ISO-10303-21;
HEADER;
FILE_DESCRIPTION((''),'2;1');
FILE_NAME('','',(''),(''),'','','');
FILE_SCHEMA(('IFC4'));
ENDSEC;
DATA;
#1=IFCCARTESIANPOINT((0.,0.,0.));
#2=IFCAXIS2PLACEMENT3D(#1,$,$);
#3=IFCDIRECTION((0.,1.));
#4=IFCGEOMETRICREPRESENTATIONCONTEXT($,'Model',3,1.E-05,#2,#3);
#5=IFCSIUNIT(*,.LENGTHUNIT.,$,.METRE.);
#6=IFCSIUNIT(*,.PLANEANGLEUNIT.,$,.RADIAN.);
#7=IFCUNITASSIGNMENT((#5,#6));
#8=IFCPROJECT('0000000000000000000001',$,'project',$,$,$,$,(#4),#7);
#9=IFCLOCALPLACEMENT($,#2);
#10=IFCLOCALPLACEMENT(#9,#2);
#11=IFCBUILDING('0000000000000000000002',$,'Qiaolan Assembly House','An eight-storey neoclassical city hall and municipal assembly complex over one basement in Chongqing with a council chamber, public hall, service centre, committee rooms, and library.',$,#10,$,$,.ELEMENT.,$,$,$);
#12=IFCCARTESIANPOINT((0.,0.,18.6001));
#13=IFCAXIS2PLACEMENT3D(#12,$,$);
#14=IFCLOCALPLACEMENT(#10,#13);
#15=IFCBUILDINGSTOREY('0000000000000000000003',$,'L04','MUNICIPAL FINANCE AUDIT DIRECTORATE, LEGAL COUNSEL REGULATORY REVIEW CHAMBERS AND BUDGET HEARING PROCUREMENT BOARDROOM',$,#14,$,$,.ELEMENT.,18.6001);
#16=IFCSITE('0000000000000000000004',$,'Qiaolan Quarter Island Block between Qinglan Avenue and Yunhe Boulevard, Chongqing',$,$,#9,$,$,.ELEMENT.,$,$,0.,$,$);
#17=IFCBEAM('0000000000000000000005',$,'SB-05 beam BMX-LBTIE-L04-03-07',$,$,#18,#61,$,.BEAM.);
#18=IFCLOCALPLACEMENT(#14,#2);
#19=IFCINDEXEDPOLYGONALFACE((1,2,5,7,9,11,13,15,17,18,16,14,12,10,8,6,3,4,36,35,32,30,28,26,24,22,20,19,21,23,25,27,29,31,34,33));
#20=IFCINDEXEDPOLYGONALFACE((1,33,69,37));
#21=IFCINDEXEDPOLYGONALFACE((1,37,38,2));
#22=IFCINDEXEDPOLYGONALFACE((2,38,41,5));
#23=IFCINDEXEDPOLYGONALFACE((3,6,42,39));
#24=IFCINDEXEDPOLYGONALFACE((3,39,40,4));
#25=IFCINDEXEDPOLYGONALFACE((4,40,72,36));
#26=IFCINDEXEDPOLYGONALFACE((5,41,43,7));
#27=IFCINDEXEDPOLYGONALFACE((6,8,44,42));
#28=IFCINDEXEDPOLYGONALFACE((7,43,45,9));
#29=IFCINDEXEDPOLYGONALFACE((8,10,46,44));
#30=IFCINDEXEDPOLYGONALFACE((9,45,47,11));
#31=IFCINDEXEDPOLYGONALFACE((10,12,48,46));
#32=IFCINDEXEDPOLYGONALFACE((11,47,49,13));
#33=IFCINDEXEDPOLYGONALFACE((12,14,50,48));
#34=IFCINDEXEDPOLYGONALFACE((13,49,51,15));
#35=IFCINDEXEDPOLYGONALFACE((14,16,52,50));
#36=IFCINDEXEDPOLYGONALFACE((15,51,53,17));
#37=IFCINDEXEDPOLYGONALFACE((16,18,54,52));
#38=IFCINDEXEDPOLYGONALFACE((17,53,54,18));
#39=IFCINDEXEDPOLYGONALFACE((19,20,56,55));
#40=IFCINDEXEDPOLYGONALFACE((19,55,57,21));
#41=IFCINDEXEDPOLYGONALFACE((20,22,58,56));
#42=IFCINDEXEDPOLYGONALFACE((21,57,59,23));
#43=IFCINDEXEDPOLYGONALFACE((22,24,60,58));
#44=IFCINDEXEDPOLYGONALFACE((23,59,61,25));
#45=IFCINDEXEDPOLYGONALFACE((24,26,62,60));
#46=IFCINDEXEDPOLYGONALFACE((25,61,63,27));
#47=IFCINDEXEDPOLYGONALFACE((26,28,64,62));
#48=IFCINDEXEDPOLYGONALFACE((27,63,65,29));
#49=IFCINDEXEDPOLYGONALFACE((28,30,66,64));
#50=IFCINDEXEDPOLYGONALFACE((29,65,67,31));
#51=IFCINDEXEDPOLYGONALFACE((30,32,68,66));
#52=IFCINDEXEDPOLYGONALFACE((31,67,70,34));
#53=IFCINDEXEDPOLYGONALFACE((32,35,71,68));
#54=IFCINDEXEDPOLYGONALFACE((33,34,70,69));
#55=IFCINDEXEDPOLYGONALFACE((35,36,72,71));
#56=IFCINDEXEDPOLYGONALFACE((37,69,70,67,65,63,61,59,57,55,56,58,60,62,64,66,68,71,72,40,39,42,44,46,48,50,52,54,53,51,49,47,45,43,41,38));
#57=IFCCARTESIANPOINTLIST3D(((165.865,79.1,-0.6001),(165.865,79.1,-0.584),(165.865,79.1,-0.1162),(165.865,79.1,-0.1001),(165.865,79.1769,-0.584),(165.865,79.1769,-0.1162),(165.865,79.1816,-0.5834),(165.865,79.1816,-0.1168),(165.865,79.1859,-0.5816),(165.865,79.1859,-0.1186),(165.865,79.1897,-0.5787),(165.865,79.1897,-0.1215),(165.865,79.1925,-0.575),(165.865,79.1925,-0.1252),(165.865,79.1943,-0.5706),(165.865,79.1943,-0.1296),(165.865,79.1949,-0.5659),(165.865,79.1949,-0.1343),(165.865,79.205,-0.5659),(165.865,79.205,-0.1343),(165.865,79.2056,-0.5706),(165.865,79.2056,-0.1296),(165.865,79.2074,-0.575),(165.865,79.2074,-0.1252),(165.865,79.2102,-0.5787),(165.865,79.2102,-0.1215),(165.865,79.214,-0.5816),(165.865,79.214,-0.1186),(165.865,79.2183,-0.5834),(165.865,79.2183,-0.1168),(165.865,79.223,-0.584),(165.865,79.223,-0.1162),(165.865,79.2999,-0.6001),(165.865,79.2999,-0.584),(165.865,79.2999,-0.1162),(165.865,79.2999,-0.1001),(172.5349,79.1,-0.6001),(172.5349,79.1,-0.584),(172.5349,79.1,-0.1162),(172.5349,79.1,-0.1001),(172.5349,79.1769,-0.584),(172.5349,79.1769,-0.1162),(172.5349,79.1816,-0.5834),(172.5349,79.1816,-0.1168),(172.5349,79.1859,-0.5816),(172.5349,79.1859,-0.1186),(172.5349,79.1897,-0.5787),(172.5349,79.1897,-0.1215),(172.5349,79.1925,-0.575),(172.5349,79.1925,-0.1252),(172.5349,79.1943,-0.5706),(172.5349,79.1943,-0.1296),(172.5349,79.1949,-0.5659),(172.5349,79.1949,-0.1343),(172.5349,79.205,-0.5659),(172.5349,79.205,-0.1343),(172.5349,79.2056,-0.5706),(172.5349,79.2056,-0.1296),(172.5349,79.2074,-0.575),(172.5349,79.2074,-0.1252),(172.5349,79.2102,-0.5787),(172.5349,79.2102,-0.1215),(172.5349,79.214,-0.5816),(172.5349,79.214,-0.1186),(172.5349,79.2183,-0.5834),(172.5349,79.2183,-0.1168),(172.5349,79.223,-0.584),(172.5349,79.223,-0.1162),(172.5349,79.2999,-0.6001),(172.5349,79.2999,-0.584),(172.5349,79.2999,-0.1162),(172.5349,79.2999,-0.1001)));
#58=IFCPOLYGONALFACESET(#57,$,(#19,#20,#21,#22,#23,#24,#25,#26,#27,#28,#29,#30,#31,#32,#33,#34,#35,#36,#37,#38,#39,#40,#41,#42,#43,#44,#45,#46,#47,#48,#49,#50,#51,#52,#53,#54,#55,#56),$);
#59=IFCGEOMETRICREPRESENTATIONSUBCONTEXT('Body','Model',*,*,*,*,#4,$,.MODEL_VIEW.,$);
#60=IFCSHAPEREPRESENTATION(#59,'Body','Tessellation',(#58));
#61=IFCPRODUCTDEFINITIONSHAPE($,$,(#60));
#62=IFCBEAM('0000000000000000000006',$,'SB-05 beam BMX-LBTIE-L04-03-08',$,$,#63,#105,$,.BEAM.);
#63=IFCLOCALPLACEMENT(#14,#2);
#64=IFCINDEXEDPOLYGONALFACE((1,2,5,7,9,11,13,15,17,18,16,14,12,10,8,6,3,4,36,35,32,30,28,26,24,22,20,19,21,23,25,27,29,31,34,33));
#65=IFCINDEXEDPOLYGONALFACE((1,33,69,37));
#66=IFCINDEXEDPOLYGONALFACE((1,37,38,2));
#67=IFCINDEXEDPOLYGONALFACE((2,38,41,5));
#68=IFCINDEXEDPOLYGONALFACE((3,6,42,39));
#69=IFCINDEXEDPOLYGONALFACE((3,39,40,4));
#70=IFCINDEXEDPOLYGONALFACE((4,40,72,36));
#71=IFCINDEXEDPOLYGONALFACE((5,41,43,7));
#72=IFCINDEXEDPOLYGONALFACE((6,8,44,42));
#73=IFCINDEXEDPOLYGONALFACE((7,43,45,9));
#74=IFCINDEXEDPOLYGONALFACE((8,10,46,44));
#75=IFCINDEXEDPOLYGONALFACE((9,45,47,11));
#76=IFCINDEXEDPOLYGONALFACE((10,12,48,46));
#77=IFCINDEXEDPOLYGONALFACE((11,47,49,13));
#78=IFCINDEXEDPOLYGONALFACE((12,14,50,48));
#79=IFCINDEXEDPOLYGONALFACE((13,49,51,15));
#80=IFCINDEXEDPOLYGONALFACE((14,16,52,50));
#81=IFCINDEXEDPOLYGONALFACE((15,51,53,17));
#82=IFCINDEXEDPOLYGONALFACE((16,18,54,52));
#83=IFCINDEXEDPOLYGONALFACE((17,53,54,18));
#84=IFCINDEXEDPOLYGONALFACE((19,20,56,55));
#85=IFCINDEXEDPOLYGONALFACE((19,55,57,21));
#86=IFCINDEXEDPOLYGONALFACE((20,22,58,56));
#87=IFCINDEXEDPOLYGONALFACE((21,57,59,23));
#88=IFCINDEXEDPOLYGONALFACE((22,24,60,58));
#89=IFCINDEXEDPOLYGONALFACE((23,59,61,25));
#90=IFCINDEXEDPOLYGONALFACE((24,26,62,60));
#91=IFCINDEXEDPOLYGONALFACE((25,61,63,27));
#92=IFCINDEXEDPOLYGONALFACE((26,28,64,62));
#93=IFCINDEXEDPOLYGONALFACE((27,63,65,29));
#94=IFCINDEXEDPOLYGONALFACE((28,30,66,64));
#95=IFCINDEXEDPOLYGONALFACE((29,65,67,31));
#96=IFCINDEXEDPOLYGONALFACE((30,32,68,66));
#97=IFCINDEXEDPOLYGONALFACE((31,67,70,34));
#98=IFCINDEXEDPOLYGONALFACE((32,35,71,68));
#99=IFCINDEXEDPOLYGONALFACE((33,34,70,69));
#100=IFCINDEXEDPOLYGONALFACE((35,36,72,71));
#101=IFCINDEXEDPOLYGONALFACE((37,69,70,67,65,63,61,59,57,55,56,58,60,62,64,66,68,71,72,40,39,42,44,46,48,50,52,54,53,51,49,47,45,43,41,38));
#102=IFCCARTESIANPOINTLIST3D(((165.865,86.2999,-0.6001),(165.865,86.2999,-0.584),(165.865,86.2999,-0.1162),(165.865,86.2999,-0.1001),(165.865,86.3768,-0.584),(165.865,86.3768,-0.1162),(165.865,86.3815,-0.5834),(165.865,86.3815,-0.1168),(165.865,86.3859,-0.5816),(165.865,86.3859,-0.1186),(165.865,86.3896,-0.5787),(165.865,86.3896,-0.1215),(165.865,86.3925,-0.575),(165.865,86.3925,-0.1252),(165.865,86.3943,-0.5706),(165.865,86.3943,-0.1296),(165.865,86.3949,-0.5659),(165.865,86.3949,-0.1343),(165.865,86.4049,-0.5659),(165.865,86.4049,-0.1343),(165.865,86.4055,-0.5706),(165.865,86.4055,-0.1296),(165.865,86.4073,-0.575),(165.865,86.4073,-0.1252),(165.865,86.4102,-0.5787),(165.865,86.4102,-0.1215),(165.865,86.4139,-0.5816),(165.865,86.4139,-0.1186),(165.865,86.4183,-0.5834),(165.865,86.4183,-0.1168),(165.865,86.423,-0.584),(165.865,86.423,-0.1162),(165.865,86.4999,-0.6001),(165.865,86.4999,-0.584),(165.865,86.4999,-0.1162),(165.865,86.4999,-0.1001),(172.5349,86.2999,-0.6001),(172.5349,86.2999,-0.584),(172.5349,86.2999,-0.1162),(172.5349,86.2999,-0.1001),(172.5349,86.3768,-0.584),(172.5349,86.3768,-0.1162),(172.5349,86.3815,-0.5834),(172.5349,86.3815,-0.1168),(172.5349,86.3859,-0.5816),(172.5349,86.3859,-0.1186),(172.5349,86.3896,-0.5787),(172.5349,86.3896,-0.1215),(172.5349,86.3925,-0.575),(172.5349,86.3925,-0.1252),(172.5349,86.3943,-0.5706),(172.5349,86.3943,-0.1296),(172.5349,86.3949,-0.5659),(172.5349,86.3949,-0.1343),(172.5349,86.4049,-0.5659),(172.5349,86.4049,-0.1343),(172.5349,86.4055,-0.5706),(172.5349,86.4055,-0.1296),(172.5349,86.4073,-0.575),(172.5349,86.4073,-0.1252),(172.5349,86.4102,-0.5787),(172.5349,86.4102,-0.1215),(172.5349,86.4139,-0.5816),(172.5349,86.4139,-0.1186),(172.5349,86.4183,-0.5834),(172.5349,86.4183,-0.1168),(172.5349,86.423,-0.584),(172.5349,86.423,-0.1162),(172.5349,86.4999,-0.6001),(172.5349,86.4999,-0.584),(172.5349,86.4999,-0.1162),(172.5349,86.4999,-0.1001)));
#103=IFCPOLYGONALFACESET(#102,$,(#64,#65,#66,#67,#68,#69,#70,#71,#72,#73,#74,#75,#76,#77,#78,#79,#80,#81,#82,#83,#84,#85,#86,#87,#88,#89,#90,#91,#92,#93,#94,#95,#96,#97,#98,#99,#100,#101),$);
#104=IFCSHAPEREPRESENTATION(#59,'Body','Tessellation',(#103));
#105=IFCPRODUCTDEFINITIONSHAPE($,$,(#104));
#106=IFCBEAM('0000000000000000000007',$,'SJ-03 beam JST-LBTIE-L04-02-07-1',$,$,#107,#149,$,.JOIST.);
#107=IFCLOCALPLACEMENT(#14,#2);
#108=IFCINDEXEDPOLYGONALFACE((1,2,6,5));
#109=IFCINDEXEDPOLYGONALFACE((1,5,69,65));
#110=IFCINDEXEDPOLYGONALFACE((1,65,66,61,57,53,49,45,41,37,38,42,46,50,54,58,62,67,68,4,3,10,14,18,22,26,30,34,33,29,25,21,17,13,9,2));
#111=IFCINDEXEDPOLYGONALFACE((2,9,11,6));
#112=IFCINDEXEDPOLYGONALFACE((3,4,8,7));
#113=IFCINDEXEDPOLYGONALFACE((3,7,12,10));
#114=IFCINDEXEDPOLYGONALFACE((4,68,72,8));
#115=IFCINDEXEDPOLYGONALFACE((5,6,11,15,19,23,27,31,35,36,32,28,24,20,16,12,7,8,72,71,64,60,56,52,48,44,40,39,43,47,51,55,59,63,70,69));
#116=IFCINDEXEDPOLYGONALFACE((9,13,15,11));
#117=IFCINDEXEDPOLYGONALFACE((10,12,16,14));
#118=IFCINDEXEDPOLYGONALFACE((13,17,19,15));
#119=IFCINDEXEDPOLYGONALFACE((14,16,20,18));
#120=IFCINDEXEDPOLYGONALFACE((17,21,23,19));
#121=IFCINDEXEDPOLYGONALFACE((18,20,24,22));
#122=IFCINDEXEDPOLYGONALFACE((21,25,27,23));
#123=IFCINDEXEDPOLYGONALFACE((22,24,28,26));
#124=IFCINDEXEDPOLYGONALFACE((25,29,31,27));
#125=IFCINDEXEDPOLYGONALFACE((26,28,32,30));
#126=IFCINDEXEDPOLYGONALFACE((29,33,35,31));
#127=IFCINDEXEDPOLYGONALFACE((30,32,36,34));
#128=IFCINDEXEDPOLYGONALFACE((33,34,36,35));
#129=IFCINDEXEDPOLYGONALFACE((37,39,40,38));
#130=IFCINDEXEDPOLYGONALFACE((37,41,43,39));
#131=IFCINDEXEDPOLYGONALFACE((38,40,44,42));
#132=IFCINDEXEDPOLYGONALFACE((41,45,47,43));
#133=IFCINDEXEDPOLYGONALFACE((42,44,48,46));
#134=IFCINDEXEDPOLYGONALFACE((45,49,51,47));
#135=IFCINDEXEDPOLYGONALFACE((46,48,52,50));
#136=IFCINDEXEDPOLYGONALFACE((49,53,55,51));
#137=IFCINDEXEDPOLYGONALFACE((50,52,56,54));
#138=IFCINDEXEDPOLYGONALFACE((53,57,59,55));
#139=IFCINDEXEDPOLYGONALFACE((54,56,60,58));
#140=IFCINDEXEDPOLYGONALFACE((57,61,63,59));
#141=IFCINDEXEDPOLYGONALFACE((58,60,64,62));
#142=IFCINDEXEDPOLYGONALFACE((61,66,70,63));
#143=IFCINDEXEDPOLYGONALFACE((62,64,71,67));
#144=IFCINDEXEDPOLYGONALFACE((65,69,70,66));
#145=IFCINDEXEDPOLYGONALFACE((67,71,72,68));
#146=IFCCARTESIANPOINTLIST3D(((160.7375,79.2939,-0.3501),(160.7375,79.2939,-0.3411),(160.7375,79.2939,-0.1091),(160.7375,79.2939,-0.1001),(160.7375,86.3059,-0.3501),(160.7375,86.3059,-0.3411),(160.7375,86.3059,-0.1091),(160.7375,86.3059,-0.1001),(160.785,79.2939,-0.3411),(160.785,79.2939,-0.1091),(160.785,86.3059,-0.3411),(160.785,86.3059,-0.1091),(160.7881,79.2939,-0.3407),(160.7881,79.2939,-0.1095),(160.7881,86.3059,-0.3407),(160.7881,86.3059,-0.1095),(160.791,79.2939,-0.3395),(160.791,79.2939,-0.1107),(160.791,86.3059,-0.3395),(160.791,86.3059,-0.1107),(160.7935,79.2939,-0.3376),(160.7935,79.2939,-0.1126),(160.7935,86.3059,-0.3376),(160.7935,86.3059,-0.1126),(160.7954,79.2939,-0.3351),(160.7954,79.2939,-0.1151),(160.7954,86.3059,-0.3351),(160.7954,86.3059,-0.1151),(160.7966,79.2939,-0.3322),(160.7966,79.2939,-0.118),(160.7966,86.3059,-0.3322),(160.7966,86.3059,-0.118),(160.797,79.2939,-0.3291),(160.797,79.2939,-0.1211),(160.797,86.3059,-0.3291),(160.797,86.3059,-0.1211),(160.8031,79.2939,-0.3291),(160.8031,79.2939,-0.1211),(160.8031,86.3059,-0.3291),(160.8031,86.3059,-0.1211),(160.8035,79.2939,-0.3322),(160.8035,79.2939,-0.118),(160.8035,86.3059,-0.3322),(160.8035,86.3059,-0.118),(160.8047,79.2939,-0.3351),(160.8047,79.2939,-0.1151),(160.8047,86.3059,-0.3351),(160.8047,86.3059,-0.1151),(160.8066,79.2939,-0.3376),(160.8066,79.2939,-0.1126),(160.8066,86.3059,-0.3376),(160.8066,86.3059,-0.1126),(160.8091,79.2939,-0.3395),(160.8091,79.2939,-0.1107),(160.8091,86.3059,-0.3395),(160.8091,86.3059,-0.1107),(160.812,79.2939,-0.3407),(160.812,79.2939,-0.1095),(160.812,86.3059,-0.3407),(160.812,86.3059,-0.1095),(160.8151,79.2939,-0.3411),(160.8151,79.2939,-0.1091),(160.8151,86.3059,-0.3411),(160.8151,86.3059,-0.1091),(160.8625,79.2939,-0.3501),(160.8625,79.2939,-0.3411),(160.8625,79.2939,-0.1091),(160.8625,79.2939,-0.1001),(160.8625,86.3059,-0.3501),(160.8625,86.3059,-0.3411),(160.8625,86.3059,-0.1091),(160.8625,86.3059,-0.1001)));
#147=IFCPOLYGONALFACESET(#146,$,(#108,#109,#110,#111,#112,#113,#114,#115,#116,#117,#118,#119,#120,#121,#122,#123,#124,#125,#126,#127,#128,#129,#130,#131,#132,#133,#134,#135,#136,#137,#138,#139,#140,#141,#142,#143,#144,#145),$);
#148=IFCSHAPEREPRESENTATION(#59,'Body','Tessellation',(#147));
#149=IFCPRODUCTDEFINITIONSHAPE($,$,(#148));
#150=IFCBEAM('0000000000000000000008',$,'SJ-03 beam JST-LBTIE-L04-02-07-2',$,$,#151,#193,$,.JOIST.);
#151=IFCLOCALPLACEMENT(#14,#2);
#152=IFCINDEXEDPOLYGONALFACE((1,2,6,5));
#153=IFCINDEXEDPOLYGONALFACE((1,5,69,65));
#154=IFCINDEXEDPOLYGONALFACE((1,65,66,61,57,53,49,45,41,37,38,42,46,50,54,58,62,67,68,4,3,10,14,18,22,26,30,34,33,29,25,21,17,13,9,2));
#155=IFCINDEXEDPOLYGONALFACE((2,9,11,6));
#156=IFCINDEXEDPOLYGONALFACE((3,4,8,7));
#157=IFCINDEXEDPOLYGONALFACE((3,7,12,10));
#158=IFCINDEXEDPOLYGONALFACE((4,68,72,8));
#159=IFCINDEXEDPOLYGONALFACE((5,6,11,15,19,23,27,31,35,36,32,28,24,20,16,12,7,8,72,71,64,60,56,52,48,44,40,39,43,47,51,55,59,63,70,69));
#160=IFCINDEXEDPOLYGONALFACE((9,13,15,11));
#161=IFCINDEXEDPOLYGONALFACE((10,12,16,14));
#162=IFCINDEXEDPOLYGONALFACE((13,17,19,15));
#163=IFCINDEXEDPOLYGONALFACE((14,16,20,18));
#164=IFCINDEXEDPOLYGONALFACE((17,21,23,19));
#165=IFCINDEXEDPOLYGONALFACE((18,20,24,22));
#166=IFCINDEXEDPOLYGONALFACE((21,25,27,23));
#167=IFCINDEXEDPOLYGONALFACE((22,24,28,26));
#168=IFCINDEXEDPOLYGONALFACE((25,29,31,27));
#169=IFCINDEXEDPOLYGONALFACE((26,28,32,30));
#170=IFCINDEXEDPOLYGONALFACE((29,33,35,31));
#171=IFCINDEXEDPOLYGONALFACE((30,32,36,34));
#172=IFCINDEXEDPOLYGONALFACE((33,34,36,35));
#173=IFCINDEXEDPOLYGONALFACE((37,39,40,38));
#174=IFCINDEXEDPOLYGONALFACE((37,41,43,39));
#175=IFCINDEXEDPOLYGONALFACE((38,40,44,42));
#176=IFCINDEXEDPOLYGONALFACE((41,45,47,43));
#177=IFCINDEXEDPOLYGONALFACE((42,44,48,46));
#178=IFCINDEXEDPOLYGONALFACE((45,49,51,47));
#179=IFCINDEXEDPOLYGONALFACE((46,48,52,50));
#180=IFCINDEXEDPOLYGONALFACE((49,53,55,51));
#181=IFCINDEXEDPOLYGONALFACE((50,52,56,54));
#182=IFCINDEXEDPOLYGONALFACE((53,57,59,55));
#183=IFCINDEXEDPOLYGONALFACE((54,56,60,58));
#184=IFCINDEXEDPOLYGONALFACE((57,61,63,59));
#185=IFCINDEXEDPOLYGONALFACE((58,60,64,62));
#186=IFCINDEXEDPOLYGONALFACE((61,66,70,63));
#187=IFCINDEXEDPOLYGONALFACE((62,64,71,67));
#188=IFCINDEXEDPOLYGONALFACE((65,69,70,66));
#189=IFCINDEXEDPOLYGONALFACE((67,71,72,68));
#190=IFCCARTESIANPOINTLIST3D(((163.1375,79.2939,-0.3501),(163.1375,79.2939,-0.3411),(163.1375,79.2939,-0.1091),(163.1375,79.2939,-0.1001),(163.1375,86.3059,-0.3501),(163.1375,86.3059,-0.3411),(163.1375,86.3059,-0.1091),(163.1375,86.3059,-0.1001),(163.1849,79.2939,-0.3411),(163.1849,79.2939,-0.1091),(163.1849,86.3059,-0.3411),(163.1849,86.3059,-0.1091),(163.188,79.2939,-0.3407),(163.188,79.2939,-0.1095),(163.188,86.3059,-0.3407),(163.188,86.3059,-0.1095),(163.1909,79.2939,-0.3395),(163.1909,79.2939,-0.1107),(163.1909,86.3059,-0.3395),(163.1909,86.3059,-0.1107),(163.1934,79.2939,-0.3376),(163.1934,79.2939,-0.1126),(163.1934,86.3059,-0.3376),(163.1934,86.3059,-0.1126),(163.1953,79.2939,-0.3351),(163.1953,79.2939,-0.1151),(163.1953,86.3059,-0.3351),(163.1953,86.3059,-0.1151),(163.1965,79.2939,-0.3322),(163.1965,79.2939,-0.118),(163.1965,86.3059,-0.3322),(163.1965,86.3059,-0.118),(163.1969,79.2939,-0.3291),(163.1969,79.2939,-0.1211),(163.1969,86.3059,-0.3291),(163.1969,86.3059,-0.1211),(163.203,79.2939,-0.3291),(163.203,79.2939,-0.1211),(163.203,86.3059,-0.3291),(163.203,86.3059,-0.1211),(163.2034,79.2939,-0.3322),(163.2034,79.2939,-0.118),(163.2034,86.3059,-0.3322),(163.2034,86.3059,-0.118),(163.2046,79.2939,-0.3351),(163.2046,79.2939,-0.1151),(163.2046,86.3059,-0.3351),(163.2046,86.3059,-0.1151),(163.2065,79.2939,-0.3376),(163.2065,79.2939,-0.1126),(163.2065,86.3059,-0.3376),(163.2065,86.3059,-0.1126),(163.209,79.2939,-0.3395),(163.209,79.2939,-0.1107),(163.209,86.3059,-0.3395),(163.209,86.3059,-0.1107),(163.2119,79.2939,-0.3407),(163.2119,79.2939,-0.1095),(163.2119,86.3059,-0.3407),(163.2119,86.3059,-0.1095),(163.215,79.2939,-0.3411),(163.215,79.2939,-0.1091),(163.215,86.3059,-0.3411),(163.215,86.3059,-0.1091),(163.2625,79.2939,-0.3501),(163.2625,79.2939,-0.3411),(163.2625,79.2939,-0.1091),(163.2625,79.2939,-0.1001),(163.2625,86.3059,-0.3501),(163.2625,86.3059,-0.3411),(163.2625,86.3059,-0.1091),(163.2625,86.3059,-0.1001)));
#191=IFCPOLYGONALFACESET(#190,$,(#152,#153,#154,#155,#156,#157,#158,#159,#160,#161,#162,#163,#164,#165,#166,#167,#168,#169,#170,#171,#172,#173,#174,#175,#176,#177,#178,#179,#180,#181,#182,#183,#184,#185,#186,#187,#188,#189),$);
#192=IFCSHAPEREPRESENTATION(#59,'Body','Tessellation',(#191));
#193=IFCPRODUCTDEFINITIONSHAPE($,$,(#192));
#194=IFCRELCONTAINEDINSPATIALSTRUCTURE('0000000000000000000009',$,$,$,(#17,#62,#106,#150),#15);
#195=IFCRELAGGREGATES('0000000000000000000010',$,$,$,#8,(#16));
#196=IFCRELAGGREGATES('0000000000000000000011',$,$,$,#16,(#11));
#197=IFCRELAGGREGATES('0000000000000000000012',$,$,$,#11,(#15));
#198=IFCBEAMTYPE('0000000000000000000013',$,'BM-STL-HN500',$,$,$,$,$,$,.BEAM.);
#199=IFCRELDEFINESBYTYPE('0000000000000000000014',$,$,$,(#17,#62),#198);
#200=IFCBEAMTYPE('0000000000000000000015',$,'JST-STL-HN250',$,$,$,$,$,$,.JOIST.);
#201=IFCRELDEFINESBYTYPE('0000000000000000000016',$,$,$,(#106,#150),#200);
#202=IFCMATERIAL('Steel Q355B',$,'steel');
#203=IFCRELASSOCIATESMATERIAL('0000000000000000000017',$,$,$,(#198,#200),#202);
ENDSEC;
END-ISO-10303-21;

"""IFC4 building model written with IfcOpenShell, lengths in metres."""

from ifc_helpers import new_model, si_unit, direction, frame, origin, origin_2d, place, context, subcontext, project, spatial, i_section, extrude, material, material_profile, profile_set, type_object, element, save


model = new_model("IFC4")

# Units and contexts
model_context = context("Model", 3, precision=1e-05, world=origin(), true_north=direction((0.0, 1.0)))
body_context = subcontext(model_context, "Body", "Model", "MODEL_VIEW")
ifc_project = project(units=[si_unit("LENGTHUNIT", "METRE"), si_unit("PLANEANGLEUNIT", "RADIAN")], contexts=[model_context])

# Site, building, storey
site_placement = place(None, origin())
site = spatial("IfcSite", under=ifc_project, at=site_placement, Name="Qiaolan Quarter Island Block between Qinglan Avenue and Yunhe Boulevard, Chongqing", CompositionType="ELEMENT", RefElevation=0.0)
building_placement = place(site_placement, origin())
building = spatial("IfcBuilding", under=site, at=building_placement, Name="Qiaolan Assembly House", Description="An eight-storey neoclassical city hall and municipal assembly complex over one basement in Chongqing with a council chamber, public hall, service centre, committee rooms, and library.", CompositionType="ELEMENT")
storey_placement = place(building_placement, frame((0.0, 0.0, 18.6001)))
storey = spatial("IfcBuildingStorey", under=building, at=storey_placement, Name="L04", Description="MUNICIPAL FINANCE AUDIT DIRECTORATE, LEGAL COUNSEL REGULATORY REVIEW CHAMBERS AND BUDGET HEARING PROCUREMENT BOARDROOM", CompositionType="ELEMENT", Elevation=18.6001)

# Beams
ifc_material_1 = material(Name="Steel Q355B", Category="steel")
ifc_material_profile_1 = material_profile(ifc_material_1, i_section(OverallWidth=0.2, OverallDepth=0.5, WebThickness=0.01, FlangeThickness=0.0161, FilletRadius=0.0181, at=origin_2d()), Name="HN 500x200x10x16")
ifc_profile_set_1 = profile_set([ifc_material_profile_1], Name="Steel Q355B")
beam_type_1 = type_object("IfcBeamType", Name="BM-STL-HN500", PredefinedType="BEAM", material=ifc_profile_set_1)
for number, where, z_axis, x_axis, name in (
    (1, (165.865, 79.2, -0.3501), (1.0, 0.0, 0.0), (0.0, 1.0, 0.0), "SB-05 beam BMX-LBTIE-L04-03-07"),
    (2, (165.865, 86.3999, -0.3501), (1.0, 0.0, 0.0), (0.0, 1.0, 0.0), "SB-05 beam BMX-LBTIE-L04-03-08"),
):
    element("IfcBeam", number, at=place(storey_placement, frame(where, z_axis=z_axis, x_axis=x_axis)), inside=storey, type_object=beam_type_1, Name=name, PredefinedType="BEAM", context=body_context, shape_type="SweptSolid", body=[
        extrude(i_section(OverallWidth=0.2, OverallDepth=0.5, WebThickness=0.01, FlangeThickness=0.0161, FilletRadius=0.0181, at=origin_2d()), origin(), (0.0, 0.0, 1.0), 6.6699),
    ])
ifc_material_profile_2 = material_profile(ifc_material_1, i_section(OverallWidth=0.125, OverallDepth=0.25, WebThickness=0.0061, FlangeThickness=0.009, FilletRadius=0.012, at=origin_2d()), Name="HN 250x125x6x9")
ifc_profile_set_2 = profile_set([ifc_material_profile_2], Name="Steel Q355B")
beam_type_2 = type_object("IfcBeamType", Name="JST-STL-HN250", PredefinedType="JOIST", material=ifc_profile_set_2)
for number, where, z_axis, x_axis, name in (
    (3, (160.8, 79.2939, -0.2251), (0.0, 1.0, 0.0), (-1.0, 0.0, 0.0), "SJ-03 beam JST-LBTIE-L04-02-07-1"),
    (4, (163.2, 79.2939, -0.2251), (0.0, 1.0, 0.0), (-1.0, 0.0, 0.0), "SJ-03 beam JST-LBTIE-L04-02-07-2"),
):
    element("IfcBeam", number, at=place(storey_placement, frame(where, z_axis=z_axis, x_axis=x_axis)), inside=storey, type_object=beam_type_2, Name=name, PredefinedType="JOIST", context=body_context, shape_type="SweptSolid", body=[
        extrude(i_section(OverallWidth=0.125, OverallDepth=0.25, WebThickness=0.0061, FlangeThickness=0.009, FilletRadius=0.012, at=origin_2d()), origin(), (0.0, 0.0, 1.0), 7.012),
    ])

save(model, "model.ifc")
